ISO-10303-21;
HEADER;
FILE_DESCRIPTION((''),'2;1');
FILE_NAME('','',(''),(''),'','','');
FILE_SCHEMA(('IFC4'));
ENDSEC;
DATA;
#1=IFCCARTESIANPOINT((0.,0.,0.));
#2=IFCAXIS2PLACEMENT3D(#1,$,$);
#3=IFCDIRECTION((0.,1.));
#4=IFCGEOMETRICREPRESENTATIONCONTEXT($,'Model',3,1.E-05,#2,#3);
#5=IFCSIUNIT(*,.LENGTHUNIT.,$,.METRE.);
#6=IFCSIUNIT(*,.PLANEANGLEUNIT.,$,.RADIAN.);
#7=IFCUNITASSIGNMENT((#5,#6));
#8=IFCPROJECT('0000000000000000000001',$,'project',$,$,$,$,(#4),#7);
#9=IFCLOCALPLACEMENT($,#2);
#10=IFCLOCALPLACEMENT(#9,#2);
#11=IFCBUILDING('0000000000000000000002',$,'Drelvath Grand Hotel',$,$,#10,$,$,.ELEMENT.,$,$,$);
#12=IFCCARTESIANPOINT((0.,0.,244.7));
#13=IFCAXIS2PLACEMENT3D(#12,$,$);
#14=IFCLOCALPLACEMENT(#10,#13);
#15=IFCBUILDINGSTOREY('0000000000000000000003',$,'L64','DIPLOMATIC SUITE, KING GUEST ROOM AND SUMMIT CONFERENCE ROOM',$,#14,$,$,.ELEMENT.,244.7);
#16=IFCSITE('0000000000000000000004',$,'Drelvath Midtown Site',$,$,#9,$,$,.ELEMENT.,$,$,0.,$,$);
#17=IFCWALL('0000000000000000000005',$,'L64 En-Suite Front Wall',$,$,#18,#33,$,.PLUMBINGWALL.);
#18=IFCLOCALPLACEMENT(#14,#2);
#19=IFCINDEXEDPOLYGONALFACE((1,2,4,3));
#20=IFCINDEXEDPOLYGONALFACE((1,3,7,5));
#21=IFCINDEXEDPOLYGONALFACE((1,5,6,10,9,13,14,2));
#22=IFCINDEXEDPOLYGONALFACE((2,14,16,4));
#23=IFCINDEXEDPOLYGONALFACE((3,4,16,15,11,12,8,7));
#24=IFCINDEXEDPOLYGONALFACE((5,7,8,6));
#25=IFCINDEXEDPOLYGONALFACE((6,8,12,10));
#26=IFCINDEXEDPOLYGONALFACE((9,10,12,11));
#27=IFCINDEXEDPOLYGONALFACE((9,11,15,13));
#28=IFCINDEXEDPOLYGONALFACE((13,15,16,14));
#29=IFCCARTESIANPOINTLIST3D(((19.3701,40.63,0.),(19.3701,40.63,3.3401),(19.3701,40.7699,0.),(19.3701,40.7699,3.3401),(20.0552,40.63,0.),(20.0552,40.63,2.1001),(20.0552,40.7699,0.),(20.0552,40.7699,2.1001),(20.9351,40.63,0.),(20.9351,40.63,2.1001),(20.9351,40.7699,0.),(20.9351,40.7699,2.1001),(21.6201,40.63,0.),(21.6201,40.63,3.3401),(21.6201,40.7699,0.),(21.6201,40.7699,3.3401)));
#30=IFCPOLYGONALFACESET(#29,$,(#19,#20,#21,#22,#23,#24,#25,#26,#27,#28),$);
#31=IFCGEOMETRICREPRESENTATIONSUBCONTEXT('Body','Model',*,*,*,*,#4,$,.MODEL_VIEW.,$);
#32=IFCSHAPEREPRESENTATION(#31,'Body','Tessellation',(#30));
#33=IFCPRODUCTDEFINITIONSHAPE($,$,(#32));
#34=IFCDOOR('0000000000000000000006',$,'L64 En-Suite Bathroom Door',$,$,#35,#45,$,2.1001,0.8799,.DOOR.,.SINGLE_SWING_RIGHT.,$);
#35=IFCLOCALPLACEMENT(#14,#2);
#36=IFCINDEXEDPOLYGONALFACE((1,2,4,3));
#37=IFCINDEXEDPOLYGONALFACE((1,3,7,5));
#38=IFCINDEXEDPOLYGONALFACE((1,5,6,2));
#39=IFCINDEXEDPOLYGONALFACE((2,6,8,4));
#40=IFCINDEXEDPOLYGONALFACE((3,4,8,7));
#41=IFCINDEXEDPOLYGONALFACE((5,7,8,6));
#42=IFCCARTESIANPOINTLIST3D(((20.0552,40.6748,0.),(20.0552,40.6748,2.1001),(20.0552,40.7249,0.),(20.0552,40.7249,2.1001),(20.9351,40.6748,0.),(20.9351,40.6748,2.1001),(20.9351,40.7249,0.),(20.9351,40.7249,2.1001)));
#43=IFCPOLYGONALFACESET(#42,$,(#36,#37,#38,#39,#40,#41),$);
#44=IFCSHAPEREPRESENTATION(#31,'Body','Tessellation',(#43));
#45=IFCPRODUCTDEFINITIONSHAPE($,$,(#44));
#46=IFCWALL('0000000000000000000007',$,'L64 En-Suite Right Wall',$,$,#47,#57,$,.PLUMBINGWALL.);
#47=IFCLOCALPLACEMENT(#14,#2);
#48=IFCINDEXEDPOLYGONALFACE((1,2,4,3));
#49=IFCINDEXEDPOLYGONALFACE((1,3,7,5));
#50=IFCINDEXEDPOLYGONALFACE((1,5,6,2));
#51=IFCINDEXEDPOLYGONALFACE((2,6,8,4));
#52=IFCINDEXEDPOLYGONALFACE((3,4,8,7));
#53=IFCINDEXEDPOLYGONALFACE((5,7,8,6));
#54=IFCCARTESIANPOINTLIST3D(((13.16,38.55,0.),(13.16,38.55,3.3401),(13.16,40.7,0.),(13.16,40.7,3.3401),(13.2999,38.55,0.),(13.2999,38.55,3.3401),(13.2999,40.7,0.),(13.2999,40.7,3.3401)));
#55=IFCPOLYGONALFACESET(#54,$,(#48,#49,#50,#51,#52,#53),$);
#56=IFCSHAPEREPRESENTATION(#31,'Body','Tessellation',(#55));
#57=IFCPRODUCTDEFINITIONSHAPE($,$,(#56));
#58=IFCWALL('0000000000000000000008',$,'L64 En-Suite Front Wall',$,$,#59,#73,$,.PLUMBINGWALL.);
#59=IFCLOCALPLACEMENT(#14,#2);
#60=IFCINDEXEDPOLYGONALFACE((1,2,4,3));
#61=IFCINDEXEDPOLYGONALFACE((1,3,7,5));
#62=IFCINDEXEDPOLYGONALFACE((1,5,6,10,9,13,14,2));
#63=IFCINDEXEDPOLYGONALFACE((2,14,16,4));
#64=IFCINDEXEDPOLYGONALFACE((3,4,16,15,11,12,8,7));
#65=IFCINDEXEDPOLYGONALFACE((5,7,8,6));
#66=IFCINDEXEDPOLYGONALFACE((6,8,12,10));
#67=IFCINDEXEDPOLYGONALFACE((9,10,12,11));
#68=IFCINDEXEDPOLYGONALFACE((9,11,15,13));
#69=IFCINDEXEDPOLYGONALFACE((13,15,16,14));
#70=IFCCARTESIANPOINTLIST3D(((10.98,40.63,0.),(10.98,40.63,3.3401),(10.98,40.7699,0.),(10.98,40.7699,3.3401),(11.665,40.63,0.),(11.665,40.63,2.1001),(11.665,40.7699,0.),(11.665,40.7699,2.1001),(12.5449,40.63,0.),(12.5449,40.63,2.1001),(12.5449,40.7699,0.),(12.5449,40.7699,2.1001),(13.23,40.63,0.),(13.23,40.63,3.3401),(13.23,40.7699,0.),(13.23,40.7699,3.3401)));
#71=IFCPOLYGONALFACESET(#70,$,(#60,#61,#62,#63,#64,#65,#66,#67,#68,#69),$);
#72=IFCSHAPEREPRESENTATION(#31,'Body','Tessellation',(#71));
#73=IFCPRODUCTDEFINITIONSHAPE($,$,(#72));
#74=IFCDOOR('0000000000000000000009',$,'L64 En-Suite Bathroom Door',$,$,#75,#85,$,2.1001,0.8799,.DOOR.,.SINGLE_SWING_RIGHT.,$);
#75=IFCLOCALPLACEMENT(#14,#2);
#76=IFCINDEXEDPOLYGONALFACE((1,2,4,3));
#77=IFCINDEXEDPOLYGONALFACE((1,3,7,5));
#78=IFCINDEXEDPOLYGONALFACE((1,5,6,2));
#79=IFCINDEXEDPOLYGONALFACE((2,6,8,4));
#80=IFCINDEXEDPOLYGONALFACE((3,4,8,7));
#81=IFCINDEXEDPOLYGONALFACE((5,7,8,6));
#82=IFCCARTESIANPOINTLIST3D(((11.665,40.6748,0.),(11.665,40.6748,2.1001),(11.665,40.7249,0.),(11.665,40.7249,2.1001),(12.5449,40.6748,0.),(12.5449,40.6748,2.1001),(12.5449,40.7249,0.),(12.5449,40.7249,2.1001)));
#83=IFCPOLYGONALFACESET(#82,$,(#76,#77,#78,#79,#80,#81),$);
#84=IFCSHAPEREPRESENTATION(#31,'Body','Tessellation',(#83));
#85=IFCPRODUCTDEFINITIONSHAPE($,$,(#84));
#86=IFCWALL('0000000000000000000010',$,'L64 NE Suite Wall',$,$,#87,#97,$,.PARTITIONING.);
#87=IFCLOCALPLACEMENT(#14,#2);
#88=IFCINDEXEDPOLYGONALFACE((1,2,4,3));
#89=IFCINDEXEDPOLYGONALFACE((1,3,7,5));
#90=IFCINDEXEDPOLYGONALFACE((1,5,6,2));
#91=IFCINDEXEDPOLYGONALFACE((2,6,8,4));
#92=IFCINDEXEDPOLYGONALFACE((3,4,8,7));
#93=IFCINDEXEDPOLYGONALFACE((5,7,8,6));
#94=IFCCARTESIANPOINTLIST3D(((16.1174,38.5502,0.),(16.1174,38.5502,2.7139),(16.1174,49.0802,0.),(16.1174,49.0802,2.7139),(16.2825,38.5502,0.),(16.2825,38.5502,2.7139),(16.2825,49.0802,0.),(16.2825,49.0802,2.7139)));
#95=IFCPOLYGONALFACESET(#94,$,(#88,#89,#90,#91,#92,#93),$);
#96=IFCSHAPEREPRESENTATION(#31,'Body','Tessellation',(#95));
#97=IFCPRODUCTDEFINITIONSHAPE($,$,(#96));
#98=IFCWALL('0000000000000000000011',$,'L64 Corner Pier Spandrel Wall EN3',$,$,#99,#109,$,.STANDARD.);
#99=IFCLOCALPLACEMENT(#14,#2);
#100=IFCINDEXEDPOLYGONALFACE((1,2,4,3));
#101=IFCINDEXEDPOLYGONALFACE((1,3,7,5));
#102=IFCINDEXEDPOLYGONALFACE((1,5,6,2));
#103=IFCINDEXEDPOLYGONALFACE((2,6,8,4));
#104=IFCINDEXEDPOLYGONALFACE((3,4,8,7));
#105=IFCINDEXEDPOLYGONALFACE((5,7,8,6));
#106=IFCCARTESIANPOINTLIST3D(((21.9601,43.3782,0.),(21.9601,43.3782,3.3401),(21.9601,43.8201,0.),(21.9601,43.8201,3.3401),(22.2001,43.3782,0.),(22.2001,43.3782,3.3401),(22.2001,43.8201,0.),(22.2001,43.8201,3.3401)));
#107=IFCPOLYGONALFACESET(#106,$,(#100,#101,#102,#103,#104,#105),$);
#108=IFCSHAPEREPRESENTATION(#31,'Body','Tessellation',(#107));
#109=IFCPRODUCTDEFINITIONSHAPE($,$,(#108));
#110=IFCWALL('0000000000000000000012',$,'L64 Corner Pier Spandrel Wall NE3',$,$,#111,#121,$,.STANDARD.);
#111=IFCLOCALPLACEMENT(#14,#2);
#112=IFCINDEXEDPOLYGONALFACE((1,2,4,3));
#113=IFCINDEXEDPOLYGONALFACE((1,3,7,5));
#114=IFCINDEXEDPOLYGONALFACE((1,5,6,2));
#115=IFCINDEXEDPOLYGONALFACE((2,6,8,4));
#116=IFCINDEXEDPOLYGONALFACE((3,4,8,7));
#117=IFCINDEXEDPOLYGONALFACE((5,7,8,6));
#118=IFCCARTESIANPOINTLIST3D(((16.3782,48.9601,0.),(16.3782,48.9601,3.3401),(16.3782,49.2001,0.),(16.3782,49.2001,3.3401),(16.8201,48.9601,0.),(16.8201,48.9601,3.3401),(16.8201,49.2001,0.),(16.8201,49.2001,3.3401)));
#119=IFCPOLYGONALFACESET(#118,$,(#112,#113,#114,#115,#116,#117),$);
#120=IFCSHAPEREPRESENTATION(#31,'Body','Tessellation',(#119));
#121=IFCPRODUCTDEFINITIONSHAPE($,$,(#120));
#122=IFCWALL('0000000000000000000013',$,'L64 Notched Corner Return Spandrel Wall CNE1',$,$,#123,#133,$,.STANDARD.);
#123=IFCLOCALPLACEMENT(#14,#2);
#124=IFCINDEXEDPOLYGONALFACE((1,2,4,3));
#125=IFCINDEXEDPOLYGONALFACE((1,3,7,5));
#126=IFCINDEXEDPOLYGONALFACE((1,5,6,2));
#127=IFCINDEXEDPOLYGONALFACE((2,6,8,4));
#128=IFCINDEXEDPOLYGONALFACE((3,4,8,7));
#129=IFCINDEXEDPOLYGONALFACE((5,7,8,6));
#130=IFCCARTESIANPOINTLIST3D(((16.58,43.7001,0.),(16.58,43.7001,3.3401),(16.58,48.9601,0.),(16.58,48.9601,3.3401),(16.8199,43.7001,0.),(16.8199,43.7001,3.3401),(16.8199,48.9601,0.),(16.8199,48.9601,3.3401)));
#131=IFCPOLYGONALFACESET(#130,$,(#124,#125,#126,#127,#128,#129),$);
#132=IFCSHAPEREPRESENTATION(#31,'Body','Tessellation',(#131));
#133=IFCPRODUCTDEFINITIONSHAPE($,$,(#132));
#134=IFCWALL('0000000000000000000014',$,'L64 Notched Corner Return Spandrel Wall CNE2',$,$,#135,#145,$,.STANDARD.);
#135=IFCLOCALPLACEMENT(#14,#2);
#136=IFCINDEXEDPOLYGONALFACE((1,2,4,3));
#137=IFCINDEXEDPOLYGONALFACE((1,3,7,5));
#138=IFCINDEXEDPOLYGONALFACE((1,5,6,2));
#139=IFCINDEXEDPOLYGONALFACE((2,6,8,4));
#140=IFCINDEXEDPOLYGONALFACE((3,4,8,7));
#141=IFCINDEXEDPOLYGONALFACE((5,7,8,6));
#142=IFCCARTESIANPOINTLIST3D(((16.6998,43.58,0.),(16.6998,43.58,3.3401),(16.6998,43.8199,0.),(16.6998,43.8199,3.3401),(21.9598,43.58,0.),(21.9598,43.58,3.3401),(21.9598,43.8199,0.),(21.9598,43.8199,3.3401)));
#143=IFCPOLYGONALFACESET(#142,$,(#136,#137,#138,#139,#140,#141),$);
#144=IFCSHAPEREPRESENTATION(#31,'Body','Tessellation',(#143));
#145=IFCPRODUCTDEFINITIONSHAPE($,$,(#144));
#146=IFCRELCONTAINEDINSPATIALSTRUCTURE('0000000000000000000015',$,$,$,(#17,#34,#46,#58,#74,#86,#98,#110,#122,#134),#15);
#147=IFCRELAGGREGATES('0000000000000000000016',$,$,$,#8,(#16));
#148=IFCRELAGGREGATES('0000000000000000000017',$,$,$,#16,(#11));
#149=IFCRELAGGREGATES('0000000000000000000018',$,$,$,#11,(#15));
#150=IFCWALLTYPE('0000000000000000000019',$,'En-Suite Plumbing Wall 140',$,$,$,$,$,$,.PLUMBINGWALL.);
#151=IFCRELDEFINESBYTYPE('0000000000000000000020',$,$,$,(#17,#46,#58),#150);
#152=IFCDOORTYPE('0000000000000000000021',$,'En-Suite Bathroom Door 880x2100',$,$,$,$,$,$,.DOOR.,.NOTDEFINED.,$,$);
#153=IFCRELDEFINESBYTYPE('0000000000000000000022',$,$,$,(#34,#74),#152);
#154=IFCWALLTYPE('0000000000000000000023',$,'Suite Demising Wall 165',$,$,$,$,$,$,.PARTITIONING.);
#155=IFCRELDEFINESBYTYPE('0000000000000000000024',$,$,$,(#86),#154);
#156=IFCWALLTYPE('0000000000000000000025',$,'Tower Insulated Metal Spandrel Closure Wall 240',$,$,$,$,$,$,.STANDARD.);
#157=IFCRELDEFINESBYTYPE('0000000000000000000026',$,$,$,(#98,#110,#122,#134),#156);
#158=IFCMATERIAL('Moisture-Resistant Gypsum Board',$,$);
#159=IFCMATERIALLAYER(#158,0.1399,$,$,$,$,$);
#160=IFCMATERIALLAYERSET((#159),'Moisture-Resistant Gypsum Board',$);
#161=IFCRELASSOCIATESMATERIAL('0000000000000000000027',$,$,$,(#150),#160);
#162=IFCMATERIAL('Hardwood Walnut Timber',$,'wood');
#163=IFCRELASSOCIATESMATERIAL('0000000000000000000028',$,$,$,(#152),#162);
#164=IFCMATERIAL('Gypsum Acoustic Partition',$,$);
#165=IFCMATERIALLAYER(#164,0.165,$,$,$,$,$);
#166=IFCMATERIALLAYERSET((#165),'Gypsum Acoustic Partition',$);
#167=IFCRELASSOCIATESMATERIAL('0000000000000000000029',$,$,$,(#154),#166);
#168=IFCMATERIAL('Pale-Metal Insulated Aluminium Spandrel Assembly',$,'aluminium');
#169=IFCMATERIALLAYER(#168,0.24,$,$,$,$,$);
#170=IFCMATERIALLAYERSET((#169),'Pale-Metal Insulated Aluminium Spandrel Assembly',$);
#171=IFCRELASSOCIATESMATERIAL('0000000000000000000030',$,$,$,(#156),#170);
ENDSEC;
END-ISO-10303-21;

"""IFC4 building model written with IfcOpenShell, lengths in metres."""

from ifc_helpers import new_model, si_unit, direction, frame, frame_2d, origin, place, context, subcontext, project, spatial, rectangle, extrude, material, layer, layer_set, type_object, element, fill, save


model = new_model("IFC4")

# Units and contexts
model_context = context("Model", 3, precision=1e-05, world=origin(), true_north=direction((0.0, 1.0)))
body_context = subcontext(model_context, "Body", "Model", "MODEL_VIEW")
ifc_project = project(units=[si_unit("LENGTHUNIT", "METRE"), si_unit("PLANEANGLEUNIT", "RADIAN")], contexts=[model_context])

# Site, building, storey
site_placement = place(None, origin())
site = spatial("IfcSite", under=ifc_project, at=site_placement, Name="Drelvath Midtown Site", CompositionType="ELEMENT", RefElevation=0.0)
building_placement = place(site_placement, origin())
building = spatial("IfcBuilding", under=site, at=building_placement, Name="Drelvath Grand Hotel", CompositionType="ELEMENT")
storey_placement = place(building_placement, frame((0.0, 0.0, 244.7)))
storey = spatial("IfcBuildingStorey", under=building, at=storey_placement, Name="L64", Description="DIPLOMATIC SUITE, KING GUEST ROOM AND SUMMIT CONFERENCE ROOM", CompositionType="ELEMENT", Elevation=244.7)

# Shared definitions
ifc_material_1 = material(Name="Moisture-Resistant Gypsum Board")
ifc_layer_1 = layer(ifc_material_1, 0.1399)
ifc_layer_set_1 = layer_set([ifc_layer_1], Name="Moisture-Resistant Gypsum Board")
wall_type_1 = type_object("IfcWallType", Name="En-Suite Plumbing Wall 140", PredefinedType="PLUMBINGWALL", material=ifc_layer_set_1)

# Wall, opening, door
wall_1_placement = place(storey_placement, frame((19.3701, 40.7, 0.0), z_axis=(0.0, 0.0, 1.0), x_axis=(1.0, 0.0, 0.0)))
wall_1 = element("IfcWall", 1, at=wall_1_placement, inside=storey, type_object=wall_type_1, Name="L64 En-Suite Front Wall", PredefinedType="PLUMBINGWALL", context=body_context, shape_type="SweptSolid", body=[
    extrude(rectangle(XDim=2.25, YDim=0.1399, at=frame_2d((1.125, 0.0))), origin(), (0.0, 0.0, 1.0), 3.3401),
])
opening_1_placement = place(wall_1_placement, frame((0.6851, 0.0, 0.0)))
opening_1 = element("IfcOpeningElement", 2, at=opening_1_placement, cuts=wall_1, PredefinedType="OPENING", context=body_context, shape_type="SweptSolid", body=[
    extrude(rectangle(XDim=0.8799, YDim=2.1001, at=frame_2d((0.4399, 1.05))), frame((0.0, 0.0798, 0.0), z_axis=(0.0, -1.0, 0.0), x_axis=(1.0, 0.0, 0.0)), (0.0, 0.0, 1.0), 0.1599),
])
ifc_material_2 = material(Name="Hardwood Walnut Timber", Category="wood")
door_type = type_object("IfcDoorType", Name="En-Suite Bathroom Door 880x2100", OperationType="NOTDEFINED", PredefinedType="DOOR", material=ifc_material_2)
door_1_placement = place(opening_1_placement, origin())
door_1 = element("IfcDoor", 3, at=door_1_placement, inside=storey, type_object=door_type, Name="L64 En-Suite Bathroom Door", OperationType="SINGLE_SWING_RIGHT", OverallHeight=2.1001, OverallWidth=0.8799, PredefinedType="DOOR", context=body_context, shape_type="SweptSolid", body=[
    extrude(rectangle(XDim=0.8799, YDim=2.1001, at=frame_2d((0.4399, 1.05))), frame((0.0, 0.0249, 0.0), z_axis=(0.0, -1.0, 0.0), x_axis=(1.0, 0.0, 0.0)), (0.0, 0.0, 1.0), 0.05),
])
fill(opening_1, door_1)

# Wall
wall_2_placement = place(storey_placement, frame((13.23, 38.55, 0.0), z_axis=(0.0, 0.0, 1.0), x_axis=(0.0, 1.0, 0.0)))
element("IfcWall", 4, at=wall_2_placement, inside=storey, type_object=wall_type_1, Name="L64 En-Suite Right Wall", PredefinedType="PLUMBINGWALL", context=body_context, shape_type="SweptSolid", body=[
    extrude(rectangle(XDim=2.1499, YDim=0.1399, at=frame_2d((1.075, 0.0))), origin(), (0.0, 0.0, 1.0), 3.3401),
])

# Wall, opening, door
wall_3_placement = place(storey_placement, frame((10.98, 40.7, 0.0), z_axis=(0.0, 0.0, 1.0), x_axis=(1.0, 0.0, 0.0)))
wall_3 = element("IfcWall", 5, at=wall_3_placement, inside=storey, type_object=wall_type_1, Name="L64 En-Suite Front Wall", PredefinedType="PLUMBINGWALL", context=body_context, shape_type="SweptSolid", body=[
    extrude(rectangle(XDim=2.25, YDim=0.1399, at=frame_2d((1.125, 0.0))), origin(), (0.0, 0.0, 1.0), 3.3401),
])
opening_2_placement = place(wall_3_placement, frame((0.6851, 0.0, 0.0)))
opening_2 = element("IfcOpeningElement", 6, at=opening_2_placement, cuts=wall_3, PredefinedType="OPENING", context=body_context, shape_type="SweptSolid", body=[
    extrude(rectangle(XDim=0.8799, YDim=2.1001, at=frame_2d((0.4399, 1.05))), frame((0.0, 0.0798, 0.0), z_axis=(0.0, -1.0, 0.0), x_axis=(1.0, 0.0, 0.0)), (0.0, 0.0, 1.0), 0.1599),
])
door_2_placement = place(opening_2_placement, origin())
door_2 = element("IfcDoor", 7, at=door_2_placement, inside=storey, type_object=door_type, Name="L64 En-Suite Bathroom Door", OperationType="SINGLE_SWING_RIGHT", OverallHeight=2.1001, OverallWidth=0.8799, PredefinedType="DOOR", context=body_context, shape_type="SweptSolid", body=[
    extrude(rectangle(XDim=0.8799, YDim=2.1001, at=frame_2d((0.4399, 1.05))), frame((0.0, 0.0249, 0.0), z_axis=(0.0, -1.0, 0.0), x_axis=(1.0, 0.0, 0.0)), (0.0, 0.0, 1.0), 0.05),
])
fill(opening_2, door_2)

# Walls
ifc_material_3 = material(Name="Gypsum Acoustic Partition")
ifc_layer_2 = layer(ifc_material_3, 0.165)
ifc_layer_set_2 = layer_set([ifc_layer_2], Name="Gypsum Acoustic Partition")
wall_type_2 = type_object("IfcWallType", Name="Suite Demising Wall 165", PredefinedType="PARTITIONING", material=ifc_layer_set_2)
wall_4_placement = place(storey_placement, frame((16.2, 38.55, 0.0), z_axis=(0.0, 0.0, 1.0), x_axis=(0.0, 1.0, 0.0)))
element("IfcWall", 8, at=wall_4_placement, inside=storey, type_object=wall_type_2, Name="L64 NE Suite Wall", PredefinedType="PARTITIONING", context=body_context, shape_type="SweptSolid", body=[
    extrude(rectangle(XDim=10.53, YDim=0.165, at=frame_2d((5.2651, 0.0))), origin(), (0.0, 0.0, 1.0), 2.7139),
])
ifc_material_4 = material(Name="Pale-Metal Insulated Aluminium Spandrel Assembly", Category="aluminium")
ifc_layer_3 = layer(ifc_material_4, 0.24)
ifc_layer_set_3 = layer_set([ifc_layer_3], Name="Pale-Metal Insulated Aluminium Spandrel Assembly")
wall_type_3 = type_object("IfcWallType", Name="Tower Insulated Metal Spandrel Closure Wall 240", PredefinedType="STANDARD", material=ifc_layer_set_3)
for number, where, z_axis, x_axis, name in (
    (9, (22.0801, 43.8201, 0.0), (0.0, 0.0, 1.0), (0.0, -1.0, 0.0), "L64 Corner Pier Spandrel Wall EN3"),
    (10, (16.3782, 49.0801, 0.0), (0.0, 0.0, 1.0), (1.0, 0.0, 0.0), "L64 Corner Pier Spandrel Wall NE3"),
):
    element("IfcWall", number, at=place(storey_placement, frame(where, z_axis=z_axis, x_axis=x_axis)), inside=storey, type_object=wall_type_3, Name=name, PredefinedType="STANDARD", context=body_context, shape_type="SweptSolid", body=[
        extrude(rectangle(XDim=0.4419, YDim=0.24, at=frame_2d((0.2209, 0.0))), origin(), (0.0, 0.0, 1.0), 3.3401),
    ])
for number, where, z_axis, x_axis, name in (
    (11, (16.7, 48.96, 0.0), (0.0, 0.0, 1.0), (0.0, -1.0, 0.0), "L64 Notched Corner Return Spandrel Wall CNE1"),
    (12, (16.7, 43.7, 0.0), (0.0, 0.0, 1.0), (1.0, 0.0, 0.0), "L64 Notched Corner Return Spandrel Wall CNE2"),
):
    element("IfcWall", number, at=place(storey_placement, frame(where, z_axis=z_axis, x_axis=x_axis)), inside=storey, type_object=wall_type_3, Name=name, PredefinedType="STANDARD", context=body_context, shape_type="SweptSolid", body=[
        extrude(rectangle(XDim=5.26, YDim=0.24, at=frame_2d((2.6299, 0.0))), origin(), (0.0, 0.0, 1.0), 3.3401),
    ])

save(model, "model.ifc")
